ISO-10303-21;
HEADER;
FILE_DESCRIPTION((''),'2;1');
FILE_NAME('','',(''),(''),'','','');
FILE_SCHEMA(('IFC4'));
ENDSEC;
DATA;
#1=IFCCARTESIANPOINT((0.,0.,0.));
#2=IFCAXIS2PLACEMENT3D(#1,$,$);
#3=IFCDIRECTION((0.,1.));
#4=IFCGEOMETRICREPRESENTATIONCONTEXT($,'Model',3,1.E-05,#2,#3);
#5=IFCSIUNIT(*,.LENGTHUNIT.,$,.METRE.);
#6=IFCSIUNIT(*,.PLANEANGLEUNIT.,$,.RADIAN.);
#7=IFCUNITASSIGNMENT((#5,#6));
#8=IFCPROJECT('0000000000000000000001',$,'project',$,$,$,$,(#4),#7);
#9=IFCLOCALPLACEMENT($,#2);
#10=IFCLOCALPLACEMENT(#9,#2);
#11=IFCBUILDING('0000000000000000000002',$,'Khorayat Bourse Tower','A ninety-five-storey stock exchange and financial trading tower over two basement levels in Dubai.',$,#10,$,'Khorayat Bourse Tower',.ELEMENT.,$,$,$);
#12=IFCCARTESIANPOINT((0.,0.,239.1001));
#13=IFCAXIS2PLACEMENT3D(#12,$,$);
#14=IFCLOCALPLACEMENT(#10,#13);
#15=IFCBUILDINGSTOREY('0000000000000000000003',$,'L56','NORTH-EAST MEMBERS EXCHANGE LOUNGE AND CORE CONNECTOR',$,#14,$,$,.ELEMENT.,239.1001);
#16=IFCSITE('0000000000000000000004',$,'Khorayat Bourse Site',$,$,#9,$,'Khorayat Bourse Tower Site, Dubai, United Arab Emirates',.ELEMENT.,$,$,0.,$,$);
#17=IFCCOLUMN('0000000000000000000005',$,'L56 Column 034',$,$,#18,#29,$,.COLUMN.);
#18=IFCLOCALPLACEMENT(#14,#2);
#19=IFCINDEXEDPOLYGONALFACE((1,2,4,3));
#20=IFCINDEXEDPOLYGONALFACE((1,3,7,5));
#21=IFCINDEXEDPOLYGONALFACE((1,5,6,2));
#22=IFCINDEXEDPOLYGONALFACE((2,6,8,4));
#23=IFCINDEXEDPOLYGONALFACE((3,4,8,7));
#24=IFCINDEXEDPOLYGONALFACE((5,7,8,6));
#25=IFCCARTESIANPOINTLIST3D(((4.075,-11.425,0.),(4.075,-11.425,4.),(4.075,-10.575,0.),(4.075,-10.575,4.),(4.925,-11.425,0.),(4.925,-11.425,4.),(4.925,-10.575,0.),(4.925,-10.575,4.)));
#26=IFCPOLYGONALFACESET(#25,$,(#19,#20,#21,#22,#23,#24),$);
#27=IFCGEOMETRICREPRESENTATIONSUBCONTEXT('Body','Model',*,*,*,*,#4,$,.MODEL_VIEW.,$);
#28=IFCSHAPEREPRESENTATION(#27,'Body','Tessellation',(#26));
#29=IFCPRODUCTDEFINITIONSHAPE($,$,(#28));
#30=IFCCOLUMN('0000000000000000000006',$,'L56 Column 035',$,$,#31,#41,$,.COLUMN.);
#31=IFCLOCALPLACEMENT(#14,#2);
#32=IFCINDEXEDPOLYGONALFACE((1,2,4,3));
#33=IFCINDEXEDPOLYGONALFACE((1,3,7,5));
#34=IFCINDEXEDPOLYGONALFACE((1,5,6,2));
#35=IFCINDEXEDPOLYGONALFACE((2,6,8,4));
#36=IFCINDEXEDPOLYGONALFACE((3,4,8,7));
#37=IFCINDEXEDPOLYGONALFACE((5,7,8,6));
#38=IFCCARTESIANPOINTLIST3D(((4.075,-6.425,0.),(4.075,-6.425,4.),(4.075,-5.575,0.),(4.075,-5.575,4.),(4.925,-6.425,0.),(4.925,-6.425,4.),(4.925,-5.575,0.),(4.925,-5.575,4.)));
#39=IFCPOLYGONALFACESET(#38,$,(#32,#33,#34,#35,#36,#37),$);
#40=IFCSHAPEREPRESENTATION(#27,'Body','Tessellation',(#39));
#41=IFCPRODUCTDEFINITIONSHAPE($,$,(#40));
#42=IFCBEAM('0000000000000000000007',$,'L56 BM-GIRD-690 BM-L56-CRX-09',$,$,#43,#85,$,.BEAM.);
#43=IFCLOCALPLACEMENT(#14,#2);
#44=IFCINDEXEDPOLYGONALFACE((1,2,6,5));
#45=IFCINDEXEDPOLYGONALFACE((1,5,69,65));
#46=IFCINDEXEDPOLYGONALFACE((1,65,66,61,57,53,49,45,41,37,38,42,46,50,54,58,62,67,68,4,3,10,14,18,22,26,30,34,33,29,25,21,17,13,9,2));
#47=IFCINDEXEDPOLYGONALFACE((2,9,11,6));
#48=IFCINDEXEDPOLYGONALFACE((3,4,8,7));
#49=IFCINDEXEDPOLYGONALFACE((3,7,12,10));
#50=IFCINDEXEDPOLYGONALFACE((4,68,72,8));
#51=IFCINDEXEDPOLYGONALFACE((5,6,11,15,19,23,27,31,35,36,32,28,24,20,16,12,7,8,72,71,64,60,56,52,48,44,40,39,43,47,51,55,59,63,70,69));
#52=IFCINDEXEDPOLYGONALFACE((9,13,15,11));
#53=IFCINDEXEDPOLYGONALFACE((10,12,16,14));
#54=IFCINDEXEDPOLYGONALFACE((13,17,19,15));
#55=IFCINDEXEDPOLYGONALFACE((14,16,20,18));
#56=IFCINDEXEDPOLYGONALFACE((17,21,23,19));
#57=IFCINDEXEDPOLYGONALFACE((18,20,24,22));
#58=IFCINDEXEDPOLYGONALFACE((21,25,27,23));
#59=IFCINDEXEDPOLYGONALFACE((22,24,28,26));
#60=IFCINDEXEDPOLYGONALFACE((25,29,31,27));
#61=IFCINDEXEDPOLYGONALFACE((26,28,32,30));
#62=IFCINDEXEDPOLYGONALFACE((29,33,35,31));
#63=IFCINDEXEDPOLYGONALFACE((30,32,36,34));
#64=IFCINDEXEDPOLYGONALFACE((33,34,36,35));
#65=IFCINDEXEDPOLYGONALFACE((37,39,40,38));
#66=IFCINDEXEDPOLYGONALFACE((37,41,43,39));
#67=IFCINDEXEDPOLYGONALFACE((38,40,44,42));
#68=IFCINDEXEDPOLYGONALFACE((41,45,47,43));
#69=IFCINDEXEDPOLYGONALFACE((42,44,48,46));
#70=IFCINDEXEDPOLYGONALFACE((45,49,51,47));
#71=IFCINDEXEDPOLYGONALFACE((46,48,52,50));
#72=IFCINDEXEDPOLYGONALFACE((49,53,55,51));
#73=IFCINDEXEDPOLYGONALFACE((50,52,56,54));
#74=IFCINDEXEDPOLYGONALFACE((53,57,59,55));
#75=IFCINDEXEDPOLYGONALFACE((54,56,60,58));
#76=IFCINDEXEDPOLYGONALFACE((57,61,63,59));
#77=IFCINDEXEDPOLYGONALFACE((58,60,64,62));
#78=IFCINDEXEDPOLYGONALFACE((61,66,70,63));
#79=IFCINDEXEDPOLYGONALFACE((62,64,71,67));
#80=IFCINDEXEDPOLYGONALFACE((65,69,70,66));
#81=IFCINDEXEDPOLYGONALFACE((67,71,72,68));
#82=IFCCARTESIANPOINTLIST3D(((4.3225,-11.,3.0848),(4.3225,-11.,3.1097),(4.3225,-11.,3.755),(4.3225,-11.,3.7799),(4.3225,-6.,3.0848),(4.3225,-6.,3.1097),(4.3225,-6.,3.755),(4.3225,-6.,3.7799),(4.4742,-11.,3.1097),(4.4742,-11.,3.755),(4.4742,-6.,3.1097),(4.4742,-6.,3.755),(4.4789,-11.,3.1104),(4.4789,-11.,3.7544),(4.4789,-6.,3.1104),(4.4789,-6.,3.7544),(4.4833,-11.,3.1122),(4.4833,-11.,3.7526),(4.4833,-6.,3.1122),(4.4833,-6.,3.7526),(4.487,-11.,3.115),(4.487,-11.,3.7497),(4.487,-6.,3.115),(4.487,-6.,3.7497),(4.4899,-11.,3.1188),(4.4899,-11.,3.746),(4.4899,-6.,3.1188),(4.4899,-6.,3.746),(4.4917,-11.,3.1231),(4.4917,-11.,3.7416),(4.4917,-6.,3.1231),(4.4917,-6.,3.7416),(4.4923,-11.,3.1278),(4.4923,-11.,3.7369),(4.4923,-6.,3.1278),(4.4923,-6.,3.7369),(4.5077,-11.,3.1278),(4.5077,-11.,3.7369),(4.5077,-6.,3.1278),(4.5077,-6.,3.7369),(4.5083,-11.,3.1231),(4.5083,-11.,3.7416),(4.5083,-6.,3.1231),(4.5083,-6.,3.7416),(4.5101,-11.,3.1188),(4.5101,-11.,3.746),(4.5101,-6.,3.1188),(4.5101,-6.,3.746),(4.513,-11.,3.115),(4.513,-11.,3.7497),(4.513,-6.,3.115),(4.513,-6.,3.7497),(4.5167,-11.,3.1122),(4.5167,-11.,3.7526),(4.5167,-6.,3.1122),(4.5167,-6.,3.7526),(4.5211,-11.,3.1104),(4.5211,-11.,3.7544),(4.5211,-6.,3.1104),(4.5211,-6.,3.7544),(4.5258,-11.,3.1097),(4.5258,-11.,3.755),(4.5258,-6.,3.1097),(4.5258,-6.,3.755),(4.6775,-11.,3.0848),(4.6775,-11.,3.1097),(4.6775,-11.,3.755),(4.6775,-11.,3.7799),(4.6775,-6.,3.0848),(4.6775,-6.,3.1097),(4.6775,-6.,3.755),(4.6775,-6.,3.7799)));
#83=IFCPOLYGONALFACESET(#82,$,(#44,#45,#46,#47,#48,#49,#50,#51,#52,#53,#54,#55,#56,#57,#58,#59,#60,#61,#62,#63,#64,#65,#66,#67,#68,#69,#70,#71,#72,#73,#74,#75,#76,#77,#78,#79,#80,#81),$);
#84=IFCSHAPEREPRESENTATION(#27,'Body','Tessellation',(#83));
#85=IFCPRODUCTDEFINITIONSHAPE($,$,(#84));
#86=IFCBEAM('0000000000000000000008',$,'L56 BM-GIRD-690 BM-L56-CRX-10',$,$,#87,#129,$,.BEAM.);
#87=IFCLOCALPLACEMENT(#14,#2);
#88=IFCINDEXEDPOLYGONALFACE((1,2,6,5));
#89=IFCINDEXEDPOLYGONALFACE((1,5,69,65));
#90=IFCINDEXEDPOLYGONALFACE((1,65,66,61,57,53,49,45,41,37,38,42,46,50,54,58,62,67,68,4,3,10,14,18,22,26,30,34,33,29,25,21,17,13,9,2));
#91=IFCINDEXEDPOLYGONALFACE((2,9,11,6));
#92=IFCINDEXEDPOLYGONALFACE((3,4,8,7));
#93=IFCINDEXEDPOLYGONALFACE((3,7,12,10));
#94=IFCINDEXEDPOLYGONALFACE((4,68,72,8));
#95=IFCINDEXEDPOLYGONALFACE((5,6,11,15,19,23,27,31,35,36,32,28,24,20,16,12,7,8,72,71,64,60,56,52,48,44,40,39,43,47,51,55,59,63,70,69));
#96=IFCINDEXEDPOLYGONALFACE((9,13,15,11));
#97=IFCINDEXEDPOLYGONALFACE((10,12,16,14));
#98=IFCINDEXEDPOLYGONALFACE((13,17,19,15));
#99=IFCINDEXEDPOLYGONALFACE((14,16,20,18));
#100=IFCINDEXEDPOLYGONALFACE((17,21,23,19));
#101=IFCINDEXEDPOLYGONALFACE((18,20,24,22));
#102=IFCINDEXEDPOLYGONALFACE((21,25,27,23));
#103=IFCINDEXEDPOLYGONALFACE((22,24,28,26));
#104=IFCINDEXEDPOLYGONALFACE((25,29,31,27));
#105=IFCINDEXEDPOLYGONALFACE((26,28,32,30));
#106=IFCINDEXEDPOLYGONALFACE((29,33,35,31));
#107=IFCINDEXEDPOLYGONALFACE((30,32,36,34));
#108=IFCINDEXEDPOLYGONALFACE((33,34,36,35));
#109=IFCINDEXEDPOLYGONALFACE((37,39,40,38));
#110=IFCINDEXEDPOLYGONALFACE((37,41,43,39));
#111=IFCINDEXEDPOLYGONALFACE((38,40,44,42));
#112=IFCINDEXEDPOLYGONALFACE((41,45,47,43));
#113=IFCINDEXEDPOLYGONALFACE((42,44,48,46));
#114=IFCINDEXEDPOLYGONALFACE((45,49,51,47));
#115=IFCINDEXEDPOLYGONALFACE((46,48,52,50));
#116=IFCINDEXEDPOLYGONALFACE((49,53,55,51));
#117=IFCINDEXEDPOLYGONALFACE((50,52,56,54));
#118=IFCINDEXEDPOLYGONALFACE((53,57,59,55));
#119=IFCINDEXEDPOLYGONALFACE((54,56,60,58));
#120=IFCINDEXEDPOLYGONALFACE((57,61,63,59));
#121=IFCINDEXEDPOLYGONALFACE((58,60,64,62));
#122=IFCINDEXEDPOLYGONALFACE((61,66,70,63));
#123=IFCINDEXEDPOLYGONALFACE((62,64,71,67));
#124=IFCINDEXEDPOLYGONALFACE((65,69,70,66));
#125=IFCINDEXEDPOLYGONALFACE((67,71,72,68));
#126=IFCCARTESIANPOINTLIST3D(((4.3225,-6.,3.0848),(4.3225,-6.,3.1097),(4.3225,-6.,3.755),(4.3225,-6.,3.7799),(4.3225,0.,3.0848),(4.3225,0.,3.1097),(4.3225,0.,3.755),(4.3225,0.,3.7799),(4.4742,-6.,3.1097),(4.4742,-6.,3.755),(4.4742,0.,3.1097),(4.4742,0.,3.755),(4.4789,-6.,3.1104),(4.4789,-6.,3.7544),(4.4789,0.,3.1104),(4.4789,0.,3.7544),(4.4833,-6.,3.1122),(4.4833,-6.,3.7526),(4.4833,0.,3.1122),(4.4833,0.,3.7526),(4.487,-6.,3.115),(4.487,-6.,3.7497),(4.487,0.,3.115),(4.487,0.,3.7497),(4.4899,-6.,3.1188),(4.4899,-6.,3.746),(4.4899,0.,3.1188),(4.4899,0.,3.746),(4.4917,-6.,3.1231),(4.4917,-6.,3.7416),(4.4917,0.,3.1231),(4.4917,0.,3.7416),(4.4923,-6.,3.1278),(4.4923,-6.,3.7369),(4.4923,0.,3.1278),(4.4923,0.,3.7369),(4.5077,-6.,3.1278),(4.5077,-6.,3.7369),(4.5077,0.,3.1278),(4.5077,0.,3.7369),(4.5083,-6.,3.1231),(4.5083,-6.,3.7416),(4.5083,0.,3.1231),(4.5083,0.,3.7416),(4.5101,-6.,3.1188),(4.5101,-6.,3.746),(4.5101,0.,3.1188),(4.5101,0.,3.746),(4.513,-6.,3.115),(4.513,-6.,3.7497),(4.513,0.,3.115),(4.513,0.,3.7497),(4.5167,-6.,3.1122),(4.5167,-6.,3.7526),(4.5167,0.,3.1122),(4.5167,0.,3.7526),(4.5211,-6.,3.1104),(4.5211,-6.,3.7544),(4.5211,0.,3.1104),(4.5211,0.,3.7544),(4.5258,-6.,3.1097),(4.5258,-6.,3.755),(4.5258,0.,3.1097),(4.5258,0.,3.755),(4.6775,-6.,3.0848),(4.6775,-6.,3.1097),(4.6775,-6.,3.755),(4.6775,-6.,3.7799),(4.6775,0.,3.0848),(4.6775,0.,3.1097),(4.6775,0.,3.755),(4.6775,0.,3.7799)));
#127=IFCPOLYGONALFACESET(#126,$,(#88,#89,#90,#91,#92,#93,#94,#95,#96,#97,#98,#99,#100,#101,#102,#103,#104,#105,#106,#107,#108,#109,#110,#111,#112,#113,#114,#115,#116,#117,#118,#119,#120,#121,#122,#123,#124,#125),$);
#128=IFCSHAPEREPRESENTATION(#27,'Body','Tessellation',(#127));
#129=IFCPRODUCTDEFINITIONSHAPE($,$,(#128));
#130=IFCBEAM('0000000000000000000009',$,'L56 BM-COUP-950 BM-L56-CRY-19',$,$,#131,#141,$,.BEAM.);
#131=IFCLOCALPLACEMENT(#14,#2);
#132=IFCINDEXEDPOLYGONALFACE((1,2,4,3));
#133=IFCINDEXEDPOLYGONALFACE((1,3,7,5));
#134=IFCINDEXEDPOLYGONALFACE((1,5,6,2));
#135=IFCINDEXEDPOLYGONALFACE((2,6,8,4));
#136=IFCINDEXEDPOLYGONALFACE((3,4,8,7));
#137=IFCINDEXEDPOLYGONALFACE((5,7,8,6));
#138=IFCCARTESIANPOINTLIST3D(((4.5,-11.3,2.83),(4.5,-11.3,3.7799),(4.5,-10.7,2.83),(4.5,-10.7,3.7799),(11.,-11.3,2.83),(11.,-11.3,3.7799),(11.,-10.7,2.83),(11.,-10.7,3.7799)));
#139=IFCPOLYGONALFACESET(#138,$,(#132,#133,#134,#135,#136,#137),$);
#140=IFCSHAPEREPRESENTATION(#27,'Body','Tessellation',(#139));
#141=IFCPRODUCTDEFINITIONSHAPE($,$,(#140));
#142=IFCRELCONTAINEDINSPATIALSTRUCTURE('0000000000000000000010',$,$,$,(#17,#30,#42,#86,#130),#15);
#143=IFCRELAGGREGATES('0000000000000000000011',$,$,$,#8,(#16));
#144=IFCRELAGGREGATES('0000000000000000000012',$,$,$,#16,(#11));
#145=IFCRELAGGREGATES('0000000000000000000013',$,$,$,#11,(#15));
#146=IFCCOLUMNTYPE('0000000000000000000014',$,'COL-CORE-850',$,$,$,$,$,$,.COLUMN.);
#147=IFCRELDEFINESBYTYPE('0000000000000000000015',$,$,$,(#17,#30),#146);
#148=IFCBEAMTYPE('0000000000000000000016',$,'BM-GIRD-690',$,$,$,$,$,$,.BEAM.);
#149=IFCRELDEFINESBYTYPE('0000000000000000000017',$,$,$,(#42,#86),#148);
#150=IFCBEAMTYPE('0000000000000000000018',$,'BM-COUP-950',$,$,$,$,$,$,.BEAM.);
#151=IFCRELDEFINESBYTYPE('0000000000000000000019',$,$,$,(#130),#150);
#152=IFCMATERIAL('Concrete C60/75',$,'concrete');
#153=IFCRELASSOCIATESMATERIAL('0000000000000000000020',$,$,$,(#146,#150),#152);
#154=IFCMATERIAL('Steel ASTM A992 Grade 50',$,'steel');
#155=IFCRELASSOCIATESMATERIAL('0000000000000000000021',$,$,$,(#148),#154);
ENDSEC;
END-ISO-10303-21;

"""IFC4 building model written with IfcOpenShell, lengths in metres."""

from ifc_helpers import new_model, si_unit, direction, frame, origin, origin_2d, place, context, subcontext, project, spatial, rectangle, i_section, extrude, source, transform, mapped, material, material_profile, profile_set, type_object, element, save


model = new_model("IFC4")

# Units and contexts
model_context = context("Model", 3, precision=1e-05, world=origin(), true_north=direction((0.0, 1.0)))
body_context = subcontext(model_context, "Body", "Model", "MODEL_VIEW")
ifc_project = project(units=[si_unit("LENGTHUNIT", "METRE"), si_unit("PLANEANGLEUNIT", "RADIAN")], contexts=[model_context])

# Site, building, storey
site_placement = place(None, origin())
site = spatial("IfcSite", under=ifc_project, at=site_placement, Name="Khorayat Bourse Site", LongName="Khorayat Bourse Tower Site, Dubai, United Arab Emirates", CompositionType="ELEMENT", RefElevation=0.0)
building_placement = place(site_placement, origin())
building = spatial("IfcBuilding", under=site, at=building_placement, Name="Khorayat Bourse Tower", Description="A ninety-five-storey stock exchange and financial trading tower over two basement levels in Dubai.", LongName="Khorayat Bourse Tower", CompositionType="ELEMENT")
storey_placement = place(building_placement, frame((0.0, 0.0, 239.1001)))
storey = spatial("IfcBuildingStorey", under=building, at=storey_placement, Name="L56", Description="NORTH-EAST MEMBERS EXCHANGE LOUNGE AND CORE CONNECTOR", CompositionType="ELEMENT", Elevation=239.1001)

# Columns
ifc_material_1 = material(Name="Concrete C60/75", Category="concrete")
ifc_material_profile_1 = material_profile(ifc_material_1, rectangle(XDim=0.8501, YDim=0.8501, at=origin_2d()), Name="RC 850x850")
ifc_profile_set_1 = profile_set([ifc_material_profile_1], Name="Concrete C60/75")
column_type = type_object("IfcColumnType", Name="COL-CORE-850", PredefinedType="COLUMN", material=ifc_profile_set_1)
shared_shape_1 = source(origin(), body_context, "Body", "SweptSolid", [
    extrude(rectangle(XDim=0.8501, YDim=0.8501, at=origin_2d()), origin(), (0.0, 0.0, 1.0), 4.0),
])
for number, where, z_axis, x_axis, name in (
    (1, (4.5, -11.0, 0.0), (0.0, 0.0, 1.0), (1.0, 0.0, 0.0), "L56 Column 034"),
    (2, (4.5, -6.0, 0.0), (0.0, 0.0, 1.0), (1.0, 0.0, 0.0), "L56 Column 035"),
):
    element("IfcColumn", number, at=place(storey_placement, frame(where, z_axis=z_axis, x_axis=x_axis)), inside=storey, type_object=column_type, Name=name, PredefinedType="COLUMN", context=body_context, shape_type="MappedRepresentation", body=[
        mapped(shared_shape_1, transform((0.0, 0.0, 0.0), scale=1.0)),
    ])

# Beams
ifc_material_2 = material(Name="Steel ASTM A992 Grade 50", Category="steel")
ifc_material_profile_2 = material_profile(ifc_material_2, i_section(OverallWidth=0.355, OverallDepth=0.6951, WebThickness=0.0154, FlangeThickness=0.0249, FilletRadius=0.0181, at=origin_2d()), Name="W690X217")
ifc_profile_set_2 = profile_set([ifc_material_profile_2], Name="Steel ASTM A992 Grade 50")
beam_type_1 = type_object("IfcBeamType", Name="BM-GIRD-690", PredefinedType="BEAM", material=ifc_profile_set_2)
shared_shape_2 = source(origin(), body_context, "Body", "SweptSolid", [
    extrude(i_section(OverallWidth=0.355, OverallDepth=0.6951, WebThickness=0.0154, FlangeThickness=0.0249, FilletRadius=0.0181, at=origin_2d()), origin(), (0.0, 0.0, 1.0), 5.0),
])
beam_1_placement = place(storey_placement, frame((4.5, -11.0, 3.4324), z_axis=(0.0, 1.0, 0.0), x_axis=(-1.0, 0.0, 0.0)))
element("IfcBeam", 3, at=beam_1_placement, inside=storey, type_object=beam_type_1, Name="L56 BM-GIRD-690 BM-L56-CRX-09", PredefinedType="BEAM", context=body_context, shape_type="MappedRepresentation", body=[
    mapped(shared_shape_2, transform((0.0, 0.0, 0.0), scale=1.0)),
])
shared_shape_3 = source(origin(), body_context, "Body", "SweptSolid", [
    extrude(i_section(OverallWidth=0.355, OverallDepth=0.6951, WebThickness=0.0154, FlangeThickness=0.0249, FilletRadius=0.0181, at=origin_2d()), origin(), (0.0, 0.0, 1.0), 6.0),
])
beam_2_placement = place(storey_placement, frame((4.5, -6.0, 3.4324), z_axis=(0.0, 1.0, 0.0), x_axis=(-1.0, 0.0, 0.0)))
element("IfcBeam", 4, at=beam_2_placement, inside=storey, type_object=beam_type_1, Name="L56 BM-GIRD-690 BM-L56-CRX-10", PredefinedType="BEAM", context=body_context, shape_type="MappedRepresentation", body=[
    mapped(shared_shape_3, transform((0.0, 0.0, 0.0), scale=1.0)),
])
ifc_material_profile_3 = material_profile(ifc_material_1, rectangle(XDim=0.6001, YDim=0.95, at=origin_2d()), Name="RC 600x950")
ifc_profile_set_3 = profile_set([ifc_material_profile_3], Name="Concrete C60/75")
beam_type_2 = type_object("IfcBeamType", Name="BM-COUP-950", PredefinedType="BEAM", material=ifc_profile_set_3)
shared_shape_4 = source(origin(), body_context, "Body", "SweptSolid", [
    extrude(rectangle(XDim=0.6001, YDim=0.95, at=origin_2d()), origin(), (0.0, 0.0, 1.0), 6.5),
])
beam_3_placement = place(storey_placement, frame((4.5, -11.0, 3.3049), z_axis=(1.0, 0.0, 0.0), x_axis=(0.0, 1.0, 0.0)))
element("IfcBeam", 5, at=beam_3_placement, inside=storey, type_object=beam_type_2, Name="L56 BM-COUP-950 BM-L56-CRY-19", PredefinedType="BEAM", context=body_context, shape_type="MappedRepresentation", body=[
    mapped(shared_shape_4, transform((0.0, 0.0, 0.0), scale=1.0)),
])

save(model, "model.ifc")
